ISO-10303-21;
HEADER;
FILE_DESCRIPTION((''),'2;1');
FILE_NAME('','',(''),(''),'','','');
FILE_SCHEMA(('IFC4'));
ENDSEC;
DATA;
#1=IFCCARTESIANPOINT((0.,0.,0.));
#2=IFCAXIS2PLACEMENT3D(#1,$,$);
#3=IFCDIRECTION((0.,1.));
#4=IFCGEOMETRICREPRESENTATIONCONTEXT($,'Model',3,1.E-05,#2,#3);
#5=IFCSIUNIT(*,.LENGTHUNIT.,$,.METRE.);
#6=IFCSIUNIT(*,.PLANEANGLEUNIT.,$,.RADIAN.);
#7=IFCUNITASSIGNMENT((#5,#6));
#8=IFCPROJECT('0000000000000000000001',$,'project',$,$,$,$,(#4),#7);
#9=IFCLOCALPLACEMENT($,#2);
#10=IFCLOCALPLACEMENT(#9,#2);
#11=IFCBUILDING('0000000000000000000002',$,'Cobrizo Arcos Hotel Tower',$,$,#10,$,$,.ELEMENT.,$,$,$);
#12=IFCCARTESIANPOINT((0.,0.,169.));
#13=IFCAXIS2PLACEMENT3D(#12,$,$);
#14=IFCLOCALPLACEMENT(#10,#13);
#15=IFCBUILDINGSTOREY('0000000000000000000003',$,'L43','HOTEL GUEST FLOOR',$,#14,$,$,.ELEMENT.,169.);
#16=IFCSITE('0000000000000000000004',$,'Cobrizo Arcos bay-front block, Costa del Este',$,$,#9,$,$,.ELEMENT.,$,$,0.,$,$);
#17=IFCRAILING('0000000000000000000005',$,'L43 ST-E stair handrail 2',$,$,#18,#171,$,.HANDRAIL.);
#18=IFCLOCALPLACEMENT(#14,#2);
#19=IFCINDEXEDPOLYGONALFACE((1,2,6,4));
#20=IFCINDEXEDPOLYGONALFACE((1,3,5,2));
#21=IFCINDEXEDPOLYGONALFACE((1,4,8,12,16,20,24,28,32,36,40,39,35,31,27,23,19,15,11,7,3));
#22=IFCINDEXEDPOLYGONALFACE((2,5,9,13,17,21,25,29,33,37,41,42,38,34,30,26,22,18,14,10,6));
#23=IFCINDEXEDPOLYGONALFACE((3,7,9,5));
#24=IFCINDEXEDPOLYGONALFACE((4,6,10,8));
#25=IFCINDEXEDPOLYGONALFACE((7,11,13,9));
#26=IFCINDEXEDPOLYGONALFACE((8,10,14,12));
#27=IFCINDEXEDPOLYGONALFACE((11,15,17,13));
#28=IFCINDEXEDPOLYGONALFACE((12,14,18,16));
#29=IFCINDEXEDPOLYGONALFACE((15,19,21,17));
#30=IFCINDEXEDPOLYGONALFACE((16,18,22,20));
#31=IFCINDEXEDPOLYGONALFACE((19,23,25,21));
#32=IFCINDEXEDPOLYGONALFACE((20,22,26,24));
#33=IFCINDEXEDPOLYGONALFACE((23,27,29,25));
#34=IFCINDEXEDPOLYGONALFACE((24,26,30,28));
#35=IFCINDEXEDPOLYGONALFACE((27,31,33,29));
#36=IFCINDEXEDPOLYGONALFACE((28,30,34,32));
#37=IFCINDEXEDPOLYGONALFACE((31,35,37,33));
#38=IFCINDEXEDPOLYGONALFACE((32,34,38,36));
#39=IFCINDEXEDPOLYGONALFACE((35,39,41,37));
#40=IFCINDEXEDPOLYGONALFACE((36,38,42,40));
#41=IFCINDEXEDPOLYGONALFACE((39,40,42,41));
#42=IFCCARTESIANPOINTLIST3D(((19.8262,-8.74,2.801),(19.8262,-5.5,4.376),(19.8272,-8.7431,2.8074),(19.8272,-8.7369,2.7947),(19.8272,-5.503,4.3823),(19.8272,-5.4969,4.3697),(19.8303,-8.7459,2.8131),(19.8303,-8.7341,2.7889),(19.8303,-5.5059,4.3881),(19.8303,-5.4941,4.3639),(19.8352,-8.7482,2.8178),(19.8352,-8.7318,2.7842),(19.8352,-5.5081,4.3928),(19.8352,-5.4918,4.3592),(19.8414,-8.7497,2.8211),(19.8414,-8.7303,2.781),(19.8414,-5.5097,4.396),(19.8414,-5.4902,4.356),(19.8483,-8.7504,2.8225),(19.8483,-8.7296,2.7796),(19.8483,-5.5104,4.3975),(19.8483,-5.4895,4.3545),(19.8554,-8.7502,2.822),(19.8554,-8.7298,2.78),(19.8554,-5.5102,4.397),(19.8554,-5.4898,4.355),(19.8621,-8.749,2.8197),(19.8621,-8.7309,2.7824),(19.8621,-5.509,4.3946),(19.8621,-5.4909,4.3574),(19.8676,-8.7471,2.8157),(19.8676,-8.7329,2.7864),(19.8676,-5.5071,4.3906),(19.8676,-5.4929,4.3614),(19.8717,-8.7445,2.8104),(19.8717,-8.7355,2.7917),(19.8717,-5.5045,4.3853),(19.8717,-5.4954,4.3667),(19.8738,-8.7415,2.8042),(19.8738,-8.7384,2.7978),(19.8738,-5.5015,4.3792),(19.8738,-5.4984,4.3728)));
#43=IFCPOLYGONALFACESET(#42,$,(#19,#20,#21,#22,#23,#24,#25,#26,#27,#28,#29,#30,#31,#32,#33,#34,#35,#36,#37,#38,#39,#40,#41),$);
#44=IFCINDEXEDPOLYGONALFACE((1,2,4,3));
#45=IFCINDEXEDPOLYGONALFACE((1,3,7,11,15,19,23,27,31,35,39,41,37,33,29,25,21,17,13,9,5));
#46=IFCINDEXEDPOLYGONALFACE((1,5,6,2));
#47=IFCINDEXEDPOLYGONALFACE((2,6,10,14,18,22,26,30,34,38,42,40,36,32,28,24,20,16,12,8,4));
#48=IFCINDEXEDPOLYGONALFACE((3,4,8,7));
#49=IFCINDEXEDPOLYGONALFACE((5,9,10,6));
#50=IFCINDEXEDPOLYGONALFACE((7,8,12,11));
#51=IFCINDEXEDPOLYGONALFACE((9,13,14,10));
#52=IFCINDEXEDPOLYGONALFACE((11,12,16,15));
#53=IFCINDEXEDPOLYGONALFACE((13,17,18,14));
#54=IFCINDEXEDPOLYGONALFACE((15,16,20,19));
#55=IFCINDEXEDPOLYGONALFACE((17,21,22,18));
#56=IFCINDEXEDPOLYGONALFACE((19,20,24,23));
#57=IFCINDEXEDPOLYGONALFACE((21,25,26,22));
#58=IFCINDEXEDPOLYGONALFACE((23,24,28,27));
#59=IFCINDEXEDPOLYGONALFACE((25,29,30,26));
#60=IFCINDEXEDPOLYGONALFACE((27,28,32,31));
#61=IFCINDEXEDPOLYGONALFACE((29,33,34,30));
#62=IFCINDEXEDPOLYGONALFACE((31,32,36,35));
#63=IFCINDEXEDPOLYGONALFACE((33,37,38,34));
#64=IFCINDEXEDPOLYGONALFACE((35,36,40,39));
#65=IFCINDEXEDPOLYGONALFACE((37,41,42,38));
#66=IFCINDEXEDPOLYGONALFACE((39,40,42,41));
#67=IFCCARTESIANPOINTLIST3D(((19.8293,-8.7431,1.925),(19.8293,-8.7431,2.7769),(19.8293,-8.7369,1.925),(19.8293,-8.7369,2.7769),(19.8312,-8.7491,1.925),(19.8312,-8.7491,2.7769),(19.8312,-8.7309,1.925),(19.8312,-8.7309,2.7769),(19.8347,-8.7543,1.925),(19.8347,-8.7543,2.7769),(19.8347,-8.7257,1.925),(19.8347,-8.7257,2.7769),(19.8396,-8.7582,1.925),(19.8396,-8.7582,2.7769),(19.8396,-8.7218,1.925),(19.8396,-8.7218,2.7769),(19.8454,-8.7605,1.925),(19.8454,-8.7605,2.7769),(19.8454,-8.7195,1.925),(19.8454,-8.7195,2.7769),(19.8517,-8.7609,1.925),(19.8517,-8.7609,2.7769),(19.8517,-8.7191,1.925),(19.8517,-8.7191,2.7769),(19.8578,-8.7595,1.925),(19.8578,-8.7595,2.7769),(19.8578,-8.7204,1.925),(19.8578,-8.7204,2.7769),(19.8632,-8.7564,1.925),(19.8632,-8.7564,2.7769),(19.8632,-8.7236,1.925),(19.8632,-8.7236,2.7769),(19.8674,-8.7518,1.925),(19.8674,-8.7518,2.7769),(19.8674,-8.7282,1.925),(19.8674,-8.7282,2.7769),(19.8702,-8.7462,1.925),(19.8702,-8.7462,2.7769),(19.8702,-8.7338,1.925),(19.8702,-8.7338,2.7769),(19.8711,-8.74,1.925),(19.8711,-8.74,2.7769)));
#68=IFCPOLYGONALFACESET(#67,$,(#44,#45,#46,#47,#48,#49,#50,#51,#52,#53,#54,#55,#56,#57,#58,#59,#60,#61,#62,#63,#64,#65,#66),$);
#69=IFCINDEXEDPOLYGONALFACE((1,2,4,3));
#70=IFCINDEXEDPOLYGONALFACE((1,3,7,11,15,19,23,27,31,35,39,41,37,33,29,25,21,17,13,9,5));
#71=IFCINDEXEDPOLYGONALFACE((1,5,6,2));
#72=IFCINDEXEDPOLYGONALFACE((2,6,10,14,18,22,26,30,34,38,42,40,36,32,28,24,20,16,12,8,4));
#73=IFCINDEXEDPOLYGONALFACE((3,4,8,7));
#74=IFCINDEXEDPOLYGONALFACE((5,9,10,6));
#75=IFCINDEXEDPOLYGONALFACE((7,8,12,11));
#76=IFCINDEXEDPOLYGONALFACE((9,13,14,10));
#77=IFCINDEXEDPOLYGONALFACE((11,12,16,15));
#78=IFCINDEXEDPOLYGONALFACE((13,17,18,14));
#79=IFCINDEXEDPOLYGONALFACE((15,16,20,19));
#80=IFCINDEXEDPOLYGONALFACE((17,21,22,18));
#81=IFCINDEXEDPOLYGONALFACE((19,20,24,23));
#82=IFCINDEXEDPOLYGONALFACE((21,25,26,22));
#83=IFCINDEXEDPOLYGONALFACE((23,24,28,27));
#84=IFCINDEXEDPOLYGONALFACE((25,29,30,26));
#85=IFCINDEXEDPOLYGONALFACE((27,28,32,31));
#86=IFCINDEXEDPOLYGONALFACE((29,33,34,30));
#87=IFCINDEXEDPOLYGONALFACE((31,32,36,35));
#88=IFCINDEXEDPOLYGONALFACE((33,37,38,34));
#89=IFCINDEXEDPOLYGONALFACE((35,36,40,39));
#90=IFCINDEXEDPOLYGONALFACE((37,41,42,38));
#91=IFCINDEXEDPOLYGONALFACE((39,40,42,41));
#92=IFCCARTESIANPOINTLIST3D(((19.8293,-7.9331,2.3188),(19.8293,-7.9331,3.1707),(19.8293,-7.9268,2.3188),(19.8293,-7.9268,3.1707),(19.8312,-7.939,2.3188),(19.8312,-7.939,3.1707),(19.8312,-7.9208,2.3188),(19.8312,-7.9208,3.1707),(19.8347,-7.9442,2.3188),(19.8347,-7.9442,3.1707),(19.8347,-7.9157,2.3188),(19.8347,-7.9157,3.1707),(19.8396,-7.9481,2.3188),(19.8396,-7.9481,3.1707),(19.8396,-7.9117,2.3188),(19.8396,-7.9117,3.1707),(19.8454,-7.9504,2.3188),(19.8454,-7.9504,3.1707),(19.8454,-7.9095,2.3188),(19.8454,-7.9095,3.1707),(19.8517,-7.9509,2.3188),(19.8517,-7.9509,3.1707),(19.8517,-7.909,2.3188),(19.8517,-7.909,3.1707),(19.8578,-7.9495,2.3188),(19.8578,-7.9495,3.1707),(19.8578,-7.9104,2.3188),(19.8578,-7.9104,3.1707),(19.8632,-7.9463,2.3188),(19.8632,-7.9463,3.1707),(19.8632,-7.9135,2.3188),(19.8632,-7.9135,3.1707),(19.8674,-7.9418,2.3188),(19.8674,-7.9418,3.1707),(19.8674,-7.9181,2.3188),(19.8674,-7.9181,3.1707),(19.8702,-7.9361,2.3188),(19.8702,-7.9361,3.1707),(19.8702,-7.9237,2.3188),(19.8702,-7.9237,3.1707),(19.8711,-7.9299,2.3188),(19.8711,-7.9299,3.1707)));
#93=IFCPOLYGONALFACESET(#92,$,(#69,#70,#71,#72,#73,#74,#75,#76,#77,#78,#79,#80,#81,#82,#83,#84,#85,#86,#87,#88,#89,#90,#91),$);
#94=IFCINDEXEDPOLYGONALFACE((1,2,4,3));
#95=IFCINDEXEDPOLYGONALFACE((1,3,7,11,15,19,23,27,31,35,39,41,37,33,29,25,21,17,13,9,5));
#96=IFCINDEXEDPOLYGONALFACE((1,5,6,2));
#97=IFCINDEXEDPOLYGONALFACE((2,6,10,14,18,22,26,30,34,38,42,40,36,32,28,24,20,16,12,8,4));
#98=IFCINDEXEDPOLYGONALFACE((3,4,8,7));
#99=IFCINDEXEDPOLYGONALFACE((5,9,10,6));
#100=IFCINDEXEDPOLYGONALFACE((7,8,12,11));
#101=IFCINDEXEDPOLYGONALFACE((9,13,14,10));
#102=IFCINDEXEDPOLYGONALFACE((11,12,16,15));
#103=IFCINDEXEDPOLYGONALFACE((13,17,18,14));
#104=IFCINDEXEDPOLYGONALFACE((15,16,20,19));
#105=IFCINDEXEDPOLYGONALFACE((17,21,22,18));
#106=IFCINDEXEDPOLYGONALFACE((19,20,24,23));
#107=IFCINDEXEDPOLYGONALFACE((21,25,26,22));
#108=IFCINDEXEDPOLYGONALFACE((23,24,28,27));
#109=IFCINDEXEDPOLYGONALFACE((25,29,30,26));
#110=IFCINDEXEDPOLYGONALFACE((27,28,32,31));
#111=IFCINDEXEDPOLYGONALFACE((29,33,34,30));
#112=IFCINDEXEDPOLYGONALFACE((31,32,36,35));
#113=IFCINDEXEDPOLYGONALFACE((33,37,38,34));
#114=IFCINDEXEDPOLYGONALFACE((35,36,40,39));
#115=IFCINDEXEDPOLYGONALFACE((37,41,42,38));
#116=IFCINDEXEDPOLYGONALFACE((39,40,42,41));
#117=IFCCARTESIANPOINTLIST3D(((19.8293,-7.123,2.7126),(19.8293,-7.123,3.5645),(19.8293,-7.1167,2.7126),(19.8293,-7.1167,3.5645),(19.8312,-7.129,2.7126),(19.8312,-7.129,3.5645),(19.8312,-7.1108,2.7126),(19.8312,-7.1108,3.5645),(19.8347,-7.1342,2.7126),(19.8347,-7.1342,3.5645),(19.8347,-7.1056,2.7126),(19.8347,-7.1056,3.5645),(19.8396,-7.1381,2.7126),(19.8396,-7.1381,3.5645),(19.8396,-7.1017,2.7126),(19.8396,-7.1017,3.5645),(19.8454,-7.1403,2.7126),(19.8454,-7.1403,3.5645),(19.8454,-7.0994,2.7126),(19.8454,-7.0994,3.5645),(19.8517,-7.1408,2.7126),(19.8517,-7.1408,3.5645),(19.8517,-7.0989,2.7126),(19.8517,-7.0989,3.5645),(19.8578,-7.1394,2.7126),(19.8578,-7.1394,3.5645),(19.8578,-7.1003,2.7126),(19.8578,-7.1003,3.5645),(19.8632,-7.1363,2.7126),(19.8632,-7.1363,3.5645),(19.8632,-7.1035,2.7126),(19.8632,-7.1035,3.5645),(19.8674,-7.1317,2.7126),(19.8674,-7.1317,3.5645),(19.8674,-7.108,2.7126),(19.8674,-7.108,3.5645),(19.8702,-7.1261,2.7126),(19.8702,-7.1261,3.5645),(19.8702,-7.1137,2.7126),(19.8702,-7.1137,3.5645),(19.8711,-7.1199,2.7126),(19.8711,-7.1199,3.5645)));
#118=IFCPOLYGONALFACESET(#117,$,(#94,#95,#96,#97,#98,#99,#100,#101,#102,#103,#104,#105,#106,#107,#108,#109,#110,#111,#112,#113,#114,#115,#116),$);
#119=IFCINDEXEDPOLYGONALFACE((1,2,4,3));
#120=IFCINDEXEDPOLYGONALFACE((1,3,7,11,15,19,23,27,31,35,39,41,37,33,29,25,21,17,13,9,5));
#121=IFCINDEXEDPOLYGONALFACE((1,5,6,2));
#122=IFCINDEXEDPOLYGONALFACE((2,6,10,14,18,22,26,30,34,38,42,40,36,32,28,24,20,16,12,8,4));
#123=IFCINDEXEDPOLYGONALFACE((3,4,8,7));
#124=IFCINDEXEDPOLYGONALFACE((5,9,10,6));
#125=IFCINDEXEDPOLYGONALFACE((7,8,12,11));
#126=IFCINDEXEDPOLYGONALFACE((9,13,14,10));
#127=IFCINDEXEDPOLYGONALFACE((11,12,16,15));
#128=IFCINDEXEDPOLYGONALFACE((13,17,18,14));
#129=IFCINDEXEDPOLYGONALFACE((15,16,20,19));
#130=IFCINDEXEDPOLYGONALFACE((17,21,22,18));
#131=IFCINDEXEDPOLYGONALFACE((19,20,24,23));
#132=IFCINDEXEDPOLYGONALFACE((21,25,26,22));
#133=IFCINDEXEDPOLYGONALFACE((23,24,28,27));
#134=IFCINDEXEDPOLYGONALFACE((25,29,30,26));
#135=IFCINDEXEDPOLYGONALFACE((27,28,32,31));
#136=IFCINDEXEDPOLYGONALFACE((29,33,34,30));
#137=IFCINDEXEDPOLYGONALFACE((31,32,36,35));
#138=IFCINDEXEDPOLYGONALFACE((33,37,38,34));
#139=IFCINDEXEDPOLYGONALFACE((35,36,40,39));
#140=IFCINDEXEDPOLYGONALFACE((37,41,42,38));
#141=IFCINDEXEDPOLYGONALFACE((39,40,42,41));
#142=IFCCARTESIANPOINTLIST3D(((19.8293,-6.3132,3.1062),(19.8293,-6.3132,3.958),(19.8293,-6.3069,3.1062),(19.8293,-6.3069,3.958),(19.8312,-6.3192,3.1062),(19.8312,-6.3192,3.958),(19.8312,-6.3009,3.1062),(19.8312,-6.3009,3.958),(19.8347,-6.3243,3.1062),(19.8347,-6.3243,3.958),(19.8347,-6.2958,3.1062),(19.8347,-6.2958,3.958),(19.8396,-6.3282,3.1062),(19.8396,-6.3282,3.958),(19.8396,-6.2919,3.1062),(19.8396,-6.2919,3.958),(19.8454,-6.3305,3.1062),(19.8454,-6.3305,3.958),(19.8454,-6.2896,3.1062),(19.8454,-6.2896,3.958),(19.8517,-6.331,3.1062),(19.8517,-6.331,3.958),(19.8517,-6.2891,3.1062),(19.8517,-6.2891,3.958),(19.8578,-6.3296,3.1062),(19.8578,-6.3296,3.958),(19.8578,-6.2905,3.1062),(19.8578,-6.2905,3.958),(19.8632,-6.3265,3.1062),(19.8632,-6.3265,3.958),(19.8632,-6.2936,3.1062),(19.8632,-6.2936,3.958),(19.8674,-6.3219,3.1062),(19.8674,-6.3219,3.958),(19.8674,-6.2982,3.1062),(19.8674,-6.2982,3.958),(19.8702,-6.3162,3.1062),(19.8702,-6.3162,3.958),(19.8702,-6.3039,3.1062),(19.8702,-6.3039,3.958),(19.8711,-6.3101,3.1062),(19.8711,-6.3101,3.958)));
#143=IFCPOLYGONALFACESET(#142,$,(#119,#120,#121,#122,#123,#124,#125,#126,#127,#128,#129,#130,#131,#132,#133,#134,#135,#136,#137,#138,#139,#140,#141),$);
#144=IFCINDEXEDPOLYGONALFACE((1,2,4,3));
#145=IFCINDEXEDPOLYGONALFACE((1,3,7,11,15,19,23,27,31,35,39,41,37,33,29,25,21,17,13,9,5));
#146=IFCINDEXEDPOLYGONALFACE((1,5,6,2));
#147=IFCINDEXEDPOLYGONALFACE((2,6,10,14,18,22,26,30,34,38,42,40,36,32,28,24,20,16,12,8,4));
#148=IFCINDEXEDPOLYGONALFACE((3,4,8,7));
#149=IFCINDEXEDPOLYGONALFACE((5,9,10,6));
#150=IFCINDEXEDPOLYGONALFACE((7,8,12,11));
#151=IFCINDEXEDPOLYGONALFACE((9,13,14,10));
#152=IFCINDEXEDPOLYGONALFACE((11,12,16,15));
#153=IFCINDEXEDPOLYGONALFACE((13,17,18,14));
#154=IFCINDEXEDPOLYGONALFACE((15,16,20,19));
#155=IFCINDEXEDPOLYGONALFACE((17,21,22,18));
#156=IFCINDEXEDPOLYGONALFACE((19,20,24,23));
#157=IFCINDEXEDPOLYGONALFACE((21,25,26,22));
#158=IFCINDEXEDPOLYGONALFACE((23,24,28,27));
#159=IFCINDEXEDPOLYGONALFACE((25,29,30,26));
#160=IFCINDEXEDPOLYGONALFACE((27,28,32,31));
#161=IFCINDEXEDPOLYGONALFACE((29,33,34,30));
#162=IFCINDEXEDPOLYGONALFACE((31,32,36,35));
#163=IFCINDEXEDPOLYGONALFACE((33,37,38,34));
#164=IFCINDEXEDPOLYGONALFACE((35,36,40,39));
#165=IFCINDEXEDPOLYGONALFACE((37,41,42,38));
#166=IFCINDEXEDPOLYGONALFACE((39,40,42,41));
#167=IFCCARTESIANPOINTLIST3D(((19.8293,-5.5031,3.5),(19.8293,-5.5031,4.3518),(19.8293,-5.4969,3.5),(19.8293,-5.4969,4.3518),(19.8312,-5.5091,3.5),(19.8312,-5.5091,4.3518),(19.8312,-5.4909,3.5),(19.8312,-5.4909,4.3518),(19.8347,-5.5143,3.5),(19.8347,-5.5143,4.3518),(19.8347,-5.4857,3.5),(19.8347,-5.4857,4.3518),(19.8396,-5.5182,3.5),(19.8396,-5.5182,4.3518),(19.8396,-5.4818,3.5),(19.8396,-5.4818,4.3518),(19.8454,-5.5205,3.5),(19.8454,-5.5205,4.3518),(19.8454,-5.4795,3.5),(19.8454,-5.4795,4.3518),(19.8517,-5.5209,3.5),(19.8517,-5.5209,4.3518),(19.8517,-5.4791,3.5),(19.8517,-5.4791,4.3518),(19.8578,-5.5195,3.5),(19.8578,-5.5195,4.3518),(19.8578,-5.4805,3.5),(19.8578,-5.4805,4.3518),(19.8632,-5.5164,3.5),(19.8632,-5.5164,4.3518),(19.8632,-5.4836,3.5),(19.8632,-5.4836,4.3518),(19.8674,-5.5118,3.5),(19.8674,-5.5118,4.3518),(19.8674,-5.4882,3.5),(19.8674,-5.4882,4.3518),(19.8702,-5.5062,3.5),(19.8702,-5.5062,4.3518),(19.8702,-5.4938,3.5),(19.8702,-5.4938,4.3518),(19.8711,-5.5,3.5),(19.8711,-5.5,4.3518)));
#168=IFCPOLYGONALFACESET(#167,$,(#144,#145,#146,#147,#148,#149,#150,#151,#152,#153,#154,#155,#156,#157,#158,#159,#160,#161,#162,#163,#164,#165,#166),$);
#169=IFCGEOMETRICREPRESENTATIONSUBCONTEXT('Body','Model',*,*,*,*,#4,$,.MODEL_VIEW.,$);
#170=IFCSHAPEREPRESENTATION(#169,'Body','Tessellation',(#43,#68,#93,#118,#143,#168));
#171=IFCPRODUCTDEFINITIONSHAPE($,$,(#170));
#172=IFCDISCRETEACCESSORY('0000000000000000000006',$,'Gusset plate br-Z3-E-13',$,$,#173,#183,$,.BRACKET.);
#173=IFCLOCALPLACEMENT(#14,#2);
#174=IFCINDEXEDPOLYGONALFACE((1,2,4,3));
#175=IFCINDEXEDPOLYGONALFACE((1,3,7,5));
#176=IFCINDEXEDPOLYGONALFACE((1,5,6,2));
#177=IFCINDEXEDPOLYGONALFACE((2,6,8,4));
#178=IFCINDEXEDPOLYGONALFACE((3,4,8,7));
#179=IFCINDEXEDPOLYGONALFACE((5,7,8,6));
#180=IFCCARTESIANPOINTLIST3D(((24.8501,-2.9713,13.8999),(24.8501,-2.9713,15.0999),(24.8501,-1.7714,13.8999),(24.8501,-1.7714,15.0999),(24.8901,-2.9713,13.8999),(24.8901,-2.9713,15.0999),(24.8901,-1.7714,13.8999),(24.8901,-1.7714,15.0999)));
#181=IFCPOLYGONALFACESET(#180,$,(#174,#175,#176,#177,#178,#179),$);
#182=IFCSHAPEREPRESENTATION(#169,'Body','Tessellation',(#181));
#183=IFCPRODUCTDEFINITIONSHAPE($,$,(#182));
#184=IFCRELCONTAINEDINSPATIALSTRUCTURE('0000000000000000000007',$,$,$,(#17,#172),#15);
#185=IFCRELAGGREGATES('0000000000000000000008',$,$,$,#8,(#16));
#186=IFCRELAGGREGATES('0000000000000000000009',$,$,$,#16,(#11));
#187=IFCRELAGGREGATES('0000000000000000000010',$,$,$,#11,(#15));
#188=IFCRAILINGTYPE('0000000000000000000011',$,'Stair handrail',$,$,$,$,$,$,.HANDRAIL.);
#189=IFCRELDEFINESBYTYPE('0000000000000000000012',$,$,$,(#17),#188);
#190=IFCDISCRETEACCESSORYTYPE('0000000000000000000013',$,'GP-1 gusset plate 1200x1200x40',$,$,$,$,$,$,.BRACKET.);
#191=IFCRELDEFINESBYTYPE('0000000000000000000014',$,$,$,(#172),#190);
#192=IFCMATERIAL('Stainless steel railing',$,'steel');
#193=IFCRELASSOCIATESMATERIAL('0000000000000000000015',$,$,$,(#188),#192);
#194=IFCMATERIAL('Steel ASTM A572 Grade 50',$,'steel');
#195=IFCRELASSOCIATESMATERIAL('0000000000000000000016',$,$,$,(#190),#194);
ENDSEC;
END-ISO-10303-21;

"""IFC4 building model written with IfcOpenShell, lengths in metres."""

from ifc_helpers import new_model, si_unit, direction, frame, origin, origin_2d, place, context, subcontext, project, spatial, rectangle, circle, extrude, material, type_object, element, save


model = new_model("IFC4")

# Units and contexts
model_context = context("Model", 3, precision=1e-05, world=origin(), true_north=direction((0.0, 1.0)))
body_context = subcontext(model_context, "Body", "Model", "MODEL_VIEW")
ifc_project = project(units=[si_unit("LENGTHUNIT", "METRE"), si_unit("PLANEANGLEUNIT", "RADIAN")], contexts=[model_context])

# Site, building, storey
site_placement = place(None, origin())
site = spatial("IfcSite", under=ifc_project, at=site_placement, Name="Cobrizo Arcos bay-front block, Costa del Este", CompositionType="ELEMENT", RefElevation=0.0)
building_placement = place(site_placement, origin())
building = spatial("IfcBuilding", under=site, at=building_placement, Name="Cobrizo Arcos Hotel Tower", CompositionType="ELEMENT")
storey_placement = place(building_placement, frame((0.0, 0.0, 169.0)))
storey = spatial("IfcBuildingStorey", under=building, at=storey_placement, Name="L43", Description="HOTEL GUEST FLOOR", CompositionType="ELEMENT", Elevation=169.0)

# Railing
ifc_material_1 = material(Name="Stainless steel railing", Category="steel")
railing_type_1 = type_object("IfcRailingType", Name="Stair handrail", PredefinedType="HANDRAIL", material=ifc_material_1)
railing_1_placement = place(storey_placement, frame((19.8501, -8.74, 1.925)))
element("IfcRailing", 1, at=railing_1_placement, inside=storey, type_object=railing_type_1, Name="L43 ST-E stair handrail 2", PredefinedType="HANDRAIL", context=body_context, shape_type="SweptSolid", body=[
    extrude(circle(Radius=0.0239, at=origin_2d()), frame((0.0, 0.0, 0.876), z_axis=(0.0, 0.899373, 0.437183), x_axis=(-1.0, 0.0, 0.0)), (0.0, 0.0, 1.0), 3.6025),
    extrude(circle(Radius=0.021, at=origin_2d()), origin(), (0.0, 0.0, 1.0), 0.8518),
    extrude(circle(Radius=0.021, at=origin_2d()), frame((0.0, 0.8101, 0.3938)), (0.0, 0.0, 1.0), 0.8518),
    extrude(circle(Radius=0.021, at=origin_2d()), frame((0.0, 1.6201, 0.7876)), (0.0, 0.0, 1.0), 0.8518),
    extrude(circle(Radius=0.021, at=origin_2d()), frame((0.0, 2.4299, 1.1812)), (0.0, 0.0, 1.0), 0.8518),
    extrude(circle(Radius=0.021, at=origin_2d()), frame((0.0, 3.24, 1.575)), (0.0, 0.0, 1.0), 0.8518),
])

# Discrete accessory
ifc_material_2 = material(Name="Steel ASTM A572 Grade 50", Category="steel")
discrete_accessory_type = type_object("IfcDiscreteAccessoryType", Name="GP-1 gusset plate 1200x1200x40", PredefinedType="BRACKET", material=ifc_material_2)
discrete_accessory_placement = place(storey_placement, frame((24.8701, -2.3713, 13.8999), z_axis=(0.0, 0.0, 1.0), x_axis=(1.0, 0.0, 0.0)))
element("IfcDiscreteAccessory", 2, at=discrete_accessory_placement, inside=storey, type_object=discrete_accessory_type, Name="Gusset plate br-Z3-E-13", PredefinedType="BRACKET", context=body_context, shape_type="SweptSolid", body=[
    extrude(rectangle(XDim=0.04, YDim=1.2, at=origin_2d()), origin(), (0.0, 0.0, 1.0), 1.2),
])

save(model, "model.ifc")
